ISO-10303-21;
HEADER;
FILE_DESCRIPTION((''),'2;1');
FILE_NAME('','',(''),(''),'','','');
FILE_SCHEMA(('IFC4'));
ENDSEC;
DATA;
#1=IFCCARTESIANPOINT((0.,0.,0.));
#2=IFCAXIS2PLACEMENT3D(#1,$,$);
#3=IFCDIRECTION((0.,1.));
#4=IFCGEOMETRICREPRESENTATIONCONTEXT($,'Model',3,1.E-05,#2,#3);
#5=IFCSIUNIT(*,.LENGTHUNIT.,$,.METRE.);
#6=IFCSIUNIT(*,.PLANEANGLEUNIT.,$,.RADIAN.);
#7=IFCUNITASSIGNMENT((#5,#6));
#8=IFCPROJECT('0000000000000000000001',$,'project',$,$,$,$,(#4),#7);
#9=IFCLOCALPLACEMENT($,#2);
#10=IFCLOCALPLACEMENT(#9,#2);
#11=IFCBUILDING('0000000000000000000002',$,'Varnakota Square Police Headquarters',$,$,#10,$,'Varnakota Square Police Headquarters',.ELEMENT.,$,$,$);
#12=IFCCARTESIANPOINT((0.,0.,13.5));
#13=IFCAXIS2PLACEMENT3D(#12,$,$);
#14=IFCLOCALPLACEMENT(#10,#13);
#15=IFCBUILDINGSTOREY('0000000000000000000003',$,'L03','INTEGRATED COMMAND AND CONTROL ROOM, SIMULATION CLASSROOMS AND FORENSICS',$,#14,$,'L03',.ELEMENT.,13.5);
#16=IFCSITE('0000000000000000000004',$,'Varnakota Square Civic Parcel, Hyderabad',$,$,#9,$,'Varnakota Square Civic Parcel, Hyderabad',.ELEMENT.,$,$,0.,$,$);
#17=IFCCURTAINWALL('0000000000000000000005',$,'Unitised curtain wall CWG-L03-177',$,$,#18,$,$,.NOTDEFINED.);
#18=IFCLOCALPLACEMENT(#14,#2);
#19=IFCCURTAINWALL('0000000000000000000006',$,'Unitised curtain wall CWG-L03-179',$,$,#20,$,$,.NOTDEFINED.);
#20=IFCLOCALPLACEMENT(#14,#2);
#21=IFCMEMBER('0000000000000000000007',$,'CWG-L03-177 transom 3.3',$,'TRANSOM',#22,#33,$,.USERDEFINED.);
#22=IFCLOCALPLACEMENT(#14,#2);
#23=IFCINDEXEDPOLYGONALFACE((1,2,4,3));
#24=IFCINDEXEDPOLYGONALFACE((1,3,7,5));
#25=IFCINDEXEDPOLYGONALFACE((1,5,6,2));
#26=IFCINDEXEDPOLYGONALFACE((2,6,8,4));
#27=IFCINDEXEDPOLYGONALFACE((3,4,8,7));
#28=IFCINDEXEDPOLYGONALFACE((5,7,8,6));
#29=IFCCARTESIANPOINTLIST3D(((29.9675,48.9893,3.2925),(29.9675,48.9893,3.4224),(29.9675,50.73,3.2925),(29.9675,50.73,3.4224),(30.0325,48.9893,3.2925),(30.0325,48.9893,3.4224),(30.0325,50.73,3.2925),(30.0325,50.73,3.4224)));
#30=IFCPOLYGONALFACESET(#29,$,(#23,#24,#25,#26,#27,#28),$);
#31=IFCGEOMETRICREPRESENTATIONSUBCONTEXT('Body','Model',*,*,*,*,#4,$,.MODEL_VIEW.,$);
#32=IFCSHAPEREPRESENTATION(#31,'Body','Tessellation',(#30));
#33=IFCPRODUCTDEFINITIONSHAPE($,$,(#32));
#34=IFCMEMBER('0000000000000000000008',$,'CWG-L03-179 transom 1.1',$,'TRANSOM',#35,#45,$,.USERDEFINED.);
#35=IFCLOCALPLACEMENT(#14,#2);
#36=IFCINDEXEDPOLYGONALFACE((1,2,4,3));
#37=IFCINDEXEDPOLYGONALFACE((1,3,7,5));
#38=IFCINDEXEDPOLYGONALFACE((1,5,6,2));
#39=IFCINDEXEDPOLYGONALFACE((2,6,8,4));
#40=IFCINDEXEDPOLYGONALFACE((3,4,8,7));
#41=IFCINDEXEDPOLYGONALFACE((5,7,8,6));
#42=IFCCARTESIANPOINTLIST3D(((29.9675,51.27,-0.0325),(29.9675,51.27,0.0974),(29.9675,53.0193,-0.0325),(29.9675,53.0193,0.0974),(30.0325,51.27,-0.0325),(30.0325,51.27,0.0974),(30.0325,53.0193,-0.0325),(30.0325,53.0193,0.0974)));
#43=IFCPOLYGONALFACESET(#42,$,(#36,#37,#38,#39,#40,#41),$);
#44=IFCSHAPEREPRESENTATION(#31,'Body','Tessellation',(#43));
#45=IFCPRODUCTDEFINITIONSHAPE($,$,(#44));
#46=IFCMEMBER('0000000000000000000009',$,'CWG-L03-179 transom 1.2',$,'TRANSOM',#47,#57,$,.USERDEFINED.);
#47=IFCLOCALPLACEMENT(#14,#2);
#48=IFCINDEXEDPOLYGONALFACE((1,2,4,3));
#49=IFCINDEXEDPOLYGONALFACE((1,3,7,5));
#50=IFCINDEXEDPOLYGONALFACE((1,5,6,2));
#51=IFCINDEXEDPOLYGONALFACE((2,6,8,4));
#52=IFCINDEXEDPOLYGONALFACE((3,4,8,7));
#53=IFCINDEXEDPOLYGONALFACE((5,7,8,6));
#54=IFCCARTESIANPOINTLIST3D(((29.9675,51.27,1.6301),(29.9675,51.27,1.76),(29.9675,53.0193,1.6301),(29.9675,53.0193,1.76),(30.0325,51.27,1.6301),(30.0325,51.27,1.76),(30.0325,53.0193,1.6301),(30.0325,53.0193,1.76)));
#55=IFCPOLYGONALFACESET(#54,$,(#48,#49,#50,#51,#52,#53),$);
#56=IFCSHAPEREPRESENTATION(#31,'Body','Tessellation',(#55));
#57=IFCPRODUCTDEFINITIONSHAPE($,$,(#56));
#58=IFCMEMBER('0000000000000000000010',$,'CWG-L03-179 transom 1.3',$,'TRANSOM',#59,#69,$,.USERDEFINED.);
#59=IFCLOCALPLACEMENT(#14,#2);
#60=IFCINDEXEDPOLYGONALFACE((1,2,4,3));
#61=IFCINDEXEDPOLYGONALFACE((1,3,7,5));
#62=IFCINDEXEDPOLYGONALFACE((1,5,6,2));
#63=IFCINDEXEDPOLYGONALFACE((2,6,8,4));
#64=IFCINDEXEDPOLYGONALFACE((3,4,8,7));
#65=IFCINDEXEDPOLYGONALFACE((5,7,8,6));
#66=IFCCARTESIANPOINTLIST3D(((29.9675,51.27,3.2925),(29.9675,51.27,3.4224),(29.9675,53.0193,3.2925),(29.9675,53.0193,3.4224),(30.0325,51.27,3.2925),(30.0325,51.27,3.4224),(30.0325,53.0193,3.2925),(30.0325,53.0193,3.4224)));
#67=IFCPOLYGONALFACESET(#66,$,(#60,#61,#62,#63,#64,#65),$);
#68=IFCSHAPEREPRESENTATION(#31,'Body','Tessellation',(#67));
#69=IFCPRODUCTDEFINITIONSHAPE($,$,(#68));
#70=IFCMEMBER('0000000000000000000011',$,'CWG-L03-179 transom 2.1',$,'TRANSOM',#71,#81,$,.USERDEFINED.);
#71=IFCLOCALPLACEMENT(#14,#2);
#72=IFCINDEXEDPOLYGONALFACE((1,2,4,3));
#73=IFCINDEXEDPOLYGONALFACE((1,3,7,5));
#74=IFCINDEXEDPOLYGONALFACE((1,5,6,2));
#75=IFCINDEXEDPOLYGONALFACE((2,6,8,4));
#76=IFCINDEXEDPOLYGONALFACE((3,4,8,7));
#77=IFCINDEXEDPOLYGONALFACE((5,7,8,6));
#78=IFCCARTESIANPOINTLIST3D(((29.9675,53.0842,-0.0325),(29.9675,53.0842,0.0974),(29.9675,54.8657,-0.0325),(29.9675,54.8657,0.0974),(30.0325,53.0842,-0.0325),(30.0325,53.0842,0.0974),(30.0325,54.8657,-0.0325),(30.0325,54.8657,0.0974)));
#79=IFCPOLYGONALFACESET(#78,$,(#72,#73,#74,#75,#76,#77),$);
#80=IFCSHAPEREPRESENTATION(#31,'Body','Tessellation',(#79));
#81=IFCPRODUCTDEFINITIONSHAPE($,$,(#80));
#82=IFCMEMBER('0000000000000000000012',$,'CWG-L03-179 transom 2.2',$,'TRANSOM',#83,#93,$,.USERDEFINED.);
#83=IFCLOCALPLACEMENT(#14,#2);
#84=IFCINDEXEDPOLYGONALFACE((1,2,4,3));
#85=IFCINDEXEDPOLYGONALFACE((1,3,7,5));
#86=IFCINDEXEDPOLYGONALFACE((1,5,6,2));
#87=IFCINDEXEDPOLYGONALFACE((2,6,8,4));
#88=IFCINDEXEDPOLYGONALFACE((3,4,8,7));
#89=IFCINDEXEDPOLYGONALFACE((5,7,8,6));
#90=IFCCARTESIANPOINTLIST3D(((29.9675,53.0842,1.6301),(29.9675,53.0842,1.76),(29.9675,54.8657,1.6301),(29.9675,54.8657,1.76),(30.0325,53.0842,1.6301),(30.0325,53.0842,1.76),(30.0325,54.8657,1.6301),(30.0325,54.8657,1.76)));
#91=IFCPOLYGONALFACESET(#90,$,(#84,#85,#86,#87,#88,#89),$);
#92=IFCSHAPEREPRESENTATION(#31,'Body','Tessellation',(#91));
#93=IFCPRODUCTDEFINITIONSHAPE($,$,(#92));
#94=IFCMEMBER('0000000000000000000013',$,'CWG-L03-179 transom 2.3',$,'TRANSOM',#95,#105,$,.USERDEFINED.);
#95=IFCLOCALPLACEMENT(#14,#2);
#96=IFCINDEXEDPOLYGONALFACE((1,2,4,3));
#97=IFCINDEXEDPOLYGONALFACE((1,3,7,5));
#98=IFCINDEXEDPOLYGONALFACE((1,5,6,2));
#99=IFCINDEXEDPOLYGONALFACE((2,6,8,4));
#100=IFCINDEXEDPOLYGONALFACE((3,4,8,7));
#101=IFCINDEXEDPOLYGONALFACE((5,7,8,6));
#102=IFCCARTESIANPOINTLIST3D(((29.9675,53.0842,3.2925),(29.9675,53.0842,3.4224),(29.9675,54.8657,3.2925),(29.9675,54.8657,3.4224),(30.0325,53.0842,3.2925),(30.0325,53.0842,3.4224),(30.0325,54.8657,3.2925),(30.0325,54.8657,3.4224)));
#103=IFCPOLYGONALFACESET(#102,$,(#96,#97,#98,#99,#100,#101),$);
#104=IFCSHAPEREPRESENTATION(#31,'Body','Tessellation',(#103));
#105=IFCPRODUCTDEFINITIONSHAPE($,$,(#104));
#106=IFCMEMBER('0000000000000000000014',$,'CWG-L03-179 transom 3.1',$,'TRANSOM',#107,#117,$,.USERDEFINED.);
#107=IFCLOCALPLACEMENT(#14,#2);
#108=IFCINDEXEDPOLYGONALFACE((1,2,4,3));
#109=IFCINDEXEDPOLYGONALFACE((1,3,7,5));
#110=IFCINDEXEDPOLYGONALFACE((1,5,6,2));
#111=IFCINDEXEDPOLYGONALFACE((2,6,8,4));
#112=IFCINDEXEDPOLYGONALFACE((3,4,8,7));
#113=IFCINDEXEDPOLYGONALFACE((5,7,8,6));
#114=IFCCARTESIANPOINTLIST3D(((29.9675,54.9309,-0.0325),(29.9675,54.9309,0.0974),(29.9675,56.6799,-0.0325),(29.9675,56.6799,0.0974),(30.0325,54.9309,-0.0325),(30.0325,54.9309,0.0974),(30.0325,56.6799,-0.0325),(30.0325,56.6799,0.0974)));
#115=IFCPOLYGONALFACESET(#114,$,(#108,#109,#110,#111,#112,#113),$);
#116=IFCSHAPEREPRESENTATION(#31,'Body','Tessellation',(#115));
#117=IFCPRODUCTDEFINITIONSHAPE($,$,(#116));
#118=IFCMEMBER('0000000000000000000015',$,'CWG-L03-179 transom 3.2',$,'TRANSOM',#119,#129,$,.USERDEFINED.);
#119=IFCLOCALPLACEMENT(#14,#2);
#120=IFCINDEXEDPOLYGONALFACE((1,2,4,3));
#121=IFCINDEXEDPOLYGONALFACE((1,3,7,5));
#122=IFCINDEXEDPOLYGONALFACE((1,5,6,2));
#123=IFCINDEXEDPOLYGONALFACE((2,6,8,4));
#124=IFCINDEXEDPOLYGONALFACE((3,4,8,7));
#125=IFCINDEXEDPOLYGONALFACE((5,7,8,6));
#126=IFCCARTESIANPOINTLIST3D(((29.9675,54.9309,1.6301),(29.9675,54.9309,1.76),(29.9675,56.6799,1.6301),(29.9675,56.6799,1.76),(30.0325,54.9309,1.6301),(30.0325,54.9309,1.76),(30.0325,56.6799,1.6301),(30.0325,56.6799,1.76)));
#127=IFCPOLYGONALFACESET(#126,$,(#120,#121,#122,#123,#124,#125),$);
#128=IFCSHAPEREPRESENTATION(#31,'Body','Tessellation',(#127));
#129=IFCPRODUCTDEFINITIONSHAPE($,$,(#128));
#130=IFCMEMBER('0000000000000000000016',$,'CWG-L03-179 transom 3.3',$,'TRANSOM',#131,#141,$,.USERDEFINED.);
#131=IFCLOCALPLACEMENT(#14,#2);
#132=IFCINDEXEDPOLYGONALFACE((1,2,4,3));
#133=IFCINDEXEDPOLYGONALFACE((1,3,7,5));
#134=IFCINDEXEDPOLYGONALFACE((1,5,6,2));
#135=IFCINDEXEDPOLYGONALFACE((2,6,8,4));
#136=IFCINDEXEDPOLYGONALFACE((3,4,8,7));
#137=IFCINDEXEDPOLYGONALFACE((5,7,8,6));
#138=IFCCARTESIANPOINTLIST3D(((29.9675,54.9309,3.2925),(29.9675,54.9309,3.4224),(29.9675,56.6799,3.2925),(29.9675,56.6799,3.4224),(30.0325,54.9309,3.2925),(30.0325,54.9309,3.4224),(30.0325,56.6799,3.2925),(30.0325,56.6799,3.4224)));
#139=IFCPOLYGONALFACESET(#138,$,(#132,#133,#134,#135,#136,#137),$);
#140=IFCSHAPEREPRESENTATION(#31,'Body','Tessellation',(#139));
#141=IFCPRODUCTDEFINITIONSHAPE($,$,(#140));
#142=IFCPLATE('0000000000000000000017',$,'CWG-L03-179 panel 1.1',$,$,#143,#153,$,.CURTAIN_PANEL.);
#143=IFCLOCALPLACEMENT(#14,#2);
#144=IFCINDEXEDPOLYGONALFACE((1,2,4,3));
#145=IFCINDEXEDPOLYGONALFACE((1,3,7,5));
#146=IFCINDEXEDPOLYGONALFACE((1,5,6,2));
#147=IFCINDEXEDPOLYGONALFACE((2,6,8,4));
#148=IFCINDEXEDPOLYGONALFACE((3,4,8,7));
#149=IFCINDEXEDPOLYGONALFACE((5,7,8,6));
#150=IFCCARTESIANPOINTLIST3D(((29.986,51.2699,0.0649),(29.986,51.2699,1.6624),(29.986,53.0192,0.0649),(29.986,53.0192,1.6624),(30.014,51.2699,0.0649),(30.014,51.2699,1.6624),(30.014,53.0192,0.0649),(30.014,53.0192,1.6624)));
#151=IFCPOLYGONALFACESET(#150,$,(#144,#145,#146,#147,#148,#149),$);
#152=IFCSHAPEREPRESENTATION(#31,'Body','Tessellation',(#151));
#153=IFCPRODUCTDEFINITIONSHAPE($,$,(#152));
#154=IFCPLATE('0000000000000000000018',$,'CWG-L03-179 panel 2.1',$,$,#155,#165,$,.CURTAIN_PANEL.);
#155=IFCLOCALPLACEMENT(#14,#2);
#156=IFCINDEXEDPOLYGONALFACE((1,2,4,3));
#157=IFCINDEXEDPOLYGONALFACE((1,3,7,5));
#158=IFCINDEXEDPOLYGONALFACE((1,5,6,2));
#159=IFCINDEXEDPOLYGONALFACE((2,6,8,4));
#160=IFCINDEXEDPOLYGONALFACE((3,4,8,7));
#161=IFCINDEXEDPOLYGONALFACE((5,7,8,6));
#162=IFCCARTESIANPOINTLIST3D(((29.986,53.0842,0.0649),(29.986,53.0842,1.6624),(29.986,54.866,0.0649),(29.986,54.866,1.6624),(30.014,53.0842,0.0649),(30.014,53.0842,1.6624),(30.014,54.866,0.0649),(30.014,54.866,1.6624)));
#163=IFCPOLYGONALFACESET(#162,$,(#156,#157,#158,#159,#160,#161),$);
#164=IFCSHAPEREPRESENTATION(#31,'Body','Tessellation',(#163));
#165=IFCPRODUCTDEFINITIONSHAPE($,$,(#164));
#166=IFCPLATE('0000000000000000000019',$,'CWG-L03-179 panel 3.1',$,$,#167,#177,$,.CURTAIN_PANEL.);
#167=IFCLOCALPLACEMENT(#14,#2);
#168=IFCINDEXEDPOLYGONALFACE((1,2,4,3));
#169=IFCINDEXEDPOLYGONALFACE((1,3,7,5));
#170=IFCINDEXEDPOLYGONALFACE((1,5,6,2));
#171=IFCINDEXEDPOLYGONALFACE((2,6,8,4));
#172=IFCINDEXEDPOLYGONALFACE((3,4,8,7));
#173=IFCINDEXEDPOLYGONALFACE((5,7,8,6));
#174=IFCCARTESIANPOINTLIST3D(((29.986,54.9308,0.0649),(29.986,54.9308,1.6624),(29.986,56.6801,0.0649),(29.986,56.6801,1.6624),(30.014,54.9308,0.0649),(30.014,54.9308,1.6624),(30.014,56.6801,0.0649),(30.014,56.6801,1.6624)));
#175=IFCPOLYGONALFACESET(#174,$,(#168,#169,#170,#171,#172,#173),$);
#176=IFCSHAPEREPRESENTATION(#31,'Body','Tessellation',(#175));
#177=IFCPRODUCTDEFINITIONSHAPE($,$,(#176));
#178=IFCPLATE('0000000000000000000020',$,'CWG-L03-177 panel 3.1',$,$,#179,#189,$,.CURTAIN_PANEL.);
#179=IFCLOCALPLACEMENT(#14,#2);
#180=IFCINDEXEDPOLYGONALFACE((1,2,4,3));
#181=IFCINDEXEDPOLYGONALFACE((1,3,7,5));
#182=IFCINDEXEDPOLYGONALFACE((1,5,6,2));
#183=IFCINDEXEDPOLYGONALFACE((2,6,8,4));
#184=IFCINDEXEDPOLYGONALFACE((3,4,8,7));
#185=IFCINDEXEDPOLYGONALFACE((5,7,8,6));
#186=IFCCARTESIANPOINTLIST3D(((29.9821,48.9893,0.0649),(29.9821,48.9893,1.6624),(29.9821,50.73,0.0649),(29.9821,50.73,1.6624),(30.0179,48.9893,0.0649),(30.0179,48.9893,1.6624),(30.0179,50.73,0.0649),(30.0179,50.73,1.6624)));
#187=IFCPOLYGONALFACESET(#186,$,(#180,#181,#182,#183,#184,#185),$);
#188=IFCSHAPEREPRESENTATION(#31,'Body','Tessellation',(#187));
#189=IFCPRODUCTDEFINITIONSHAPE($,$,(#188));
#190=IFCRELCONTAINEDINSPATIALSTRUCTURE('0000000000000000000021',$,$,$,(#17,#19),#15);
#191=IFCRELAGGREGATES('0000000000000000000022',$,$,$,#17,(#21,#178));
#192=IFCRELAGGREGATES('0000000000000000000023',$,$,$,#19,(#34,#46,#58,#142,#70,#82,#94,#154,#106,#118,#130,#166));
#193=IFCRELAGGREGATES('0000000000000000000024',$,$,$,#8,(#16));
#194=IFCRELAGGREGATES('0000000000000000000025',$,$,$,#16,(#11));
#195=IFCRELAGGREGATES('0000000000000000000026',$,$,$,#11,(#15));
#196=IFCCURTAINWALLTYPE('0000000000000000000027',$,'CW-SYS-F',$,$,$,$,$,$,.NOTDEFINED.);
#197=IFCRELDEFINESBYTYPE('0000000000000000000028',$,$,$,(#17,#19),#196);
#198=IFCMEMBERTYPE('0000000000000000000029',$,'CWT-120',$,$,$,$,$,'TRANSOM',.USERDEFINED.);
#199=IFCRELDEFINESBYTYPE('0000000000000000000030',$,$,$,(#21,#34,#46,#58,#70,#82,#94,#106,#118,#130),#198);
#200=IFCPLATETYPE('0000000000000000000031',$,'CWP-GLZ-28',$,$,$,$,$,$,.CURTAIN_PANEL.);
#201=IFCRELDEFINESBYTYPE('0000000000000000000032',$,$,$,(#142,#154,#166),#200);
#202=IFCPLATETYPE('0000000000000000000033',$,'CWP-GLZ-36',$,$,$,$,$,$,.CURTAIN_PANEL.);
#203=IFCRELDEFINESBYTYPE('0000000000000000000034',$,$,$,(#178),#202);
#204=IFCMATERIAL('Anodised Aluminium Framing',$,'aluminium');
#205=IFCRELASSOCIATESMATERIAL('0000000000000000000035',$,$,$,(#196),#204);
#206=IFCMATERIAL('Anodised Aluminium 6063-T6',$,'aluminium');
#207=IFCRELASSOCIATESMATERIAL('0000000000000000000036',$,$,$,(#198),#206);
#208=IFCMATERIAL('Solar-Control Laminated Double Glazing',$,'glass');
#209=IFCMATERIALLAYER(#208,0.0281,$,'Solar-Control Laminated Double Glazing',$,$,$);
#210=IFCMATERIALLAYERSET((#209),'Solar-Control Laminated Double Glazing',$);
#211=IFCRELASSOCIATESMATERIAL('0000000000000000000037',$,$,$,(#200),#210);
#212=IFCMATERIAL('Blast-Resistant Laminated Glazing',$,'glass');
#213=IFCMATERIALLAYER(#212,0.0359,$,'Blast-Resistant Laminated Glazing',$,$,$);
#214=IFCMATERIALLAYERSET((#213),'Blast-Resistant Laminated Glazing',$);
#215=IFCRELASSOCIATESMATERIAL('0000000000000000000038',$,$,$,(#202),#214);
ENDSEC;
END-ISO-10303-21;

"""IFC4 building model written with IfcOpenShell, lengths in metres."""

from ifc_helpers import new_model, si_unit, direction, frame, origin, origin_2d, place, context, subcontext, project, spatial, rectangle, extrude, material, layer, layer_set, material_profile, profile_set, type_object, element, aggregate, save


model = new_model("IFC4")

# Units and contexts
model_context = context("Model", 3, precision=1e-05, world=origin(), true_north=direction((0.0, 1.0)))
body_context = subcontext(model_context, "Body", "Model", "MODEL_VIEW")
ifc_project = project(units=[si_unit("LENGTHUNIT", "METRE"), si_unit("PLANEANGLEUNIT", "RADIAN")], contexts=[model_context])

# Site, building, storey
site_placement = place(None, origin())
site = spatial("IfcSite", under=ifc_project, at=site_placement, Name="Varnakota Square Civic Parcel, Hyderabad", LongName="Varnakota Square Civic Parcel, Hyderabad", CompositionType="ELEMENT", RefElevation=0.0)
building_placement = place(site_placement, origin())
building = spatial("IfcBuilding", under=site, at=building_placement, Name="Varnakota Square Police Headquarters", LongName="Varnakota Square Police Headquarters", CompositionType="ELEMENT")
storey_placement = place(building_placement, frame((0.0, 0.0, 13.5)))
storey = spatial("IfcBuildingStorey", under=building, at=storey_placement, Name="L03", Description="INTEGRATED COMMAND AND CONTROL ROOM, SIMULATION CLASSROOMS AND FORENSICS", LongName="L03", CompositionType="ELEMENT", Elevation=13.5)

# Curtain wall
ifc_material_1 = material(Name="Anodised Aluminium Framing", Category="aluminium")
curtain_wall_type = type_object("IfcCurtainWallType", Name="CW-SYS-F", PredefinedType="NOTDEFINED", material=ifc_material_1)
curtain_wall_1_placement = place(storey_placement, origin())
curtain_wall_1 = element("IfcCurtainWall", 1, at=curtain_wall_1_placement, inside=storey, type_object=curtain_wall_type, Name="Unitised curtain wall CWG-L03-177", PredefinedType="NOTDEFINED")
ifc_material_2 = material(Name="Anodised Aluminium 6063-T6", Category="aluminium")

# Curtain wall
curtain_wall_2_placement = place(storey_placement, origin())
curtain_wall_2 = element("IfcCurtainWall", 2, at=curtain_wall_2_placement, inside=storey, type_object=curtain_wall_type, Name="Unitised curtain wall CWG-L03-179", PredefinedType="NOTDEFINED")

# Members
ifc_material_profile_1 = material_profile(ifc_material_2, rectangle(XDim=0.0649, YDim=0.1299, at=origin_2d()), Name="ALU TRANSOM 65x130")
ifc_profile_set_1 = profile_set([ifc_material_profile_1], Name="Anodised Aluminium 6063-T6")
member_type_1 = type_object("IfcMemberType", Name="CWT-120", ElementType="TRANSOM", PredefinedType="USERDEFINED", material=ifc_profile_set_1)
member_1_placement = place(storey_placement, frame((30.0, 48.9893, 3.3574), z_axis=(0.0, 1.0, 0.0), x_axis=(-1.0, 0.0, 0.0)))
member_1 = element("IfcMember", 3, at=member_1_placement, type_object=member_type_1, Name="CWG-L03-177 transom 3.3", ObjectType="TRANSOM", PredefinedType="USERDEFINED", context=body_context, shape_type="SweptSolid", body=[
    extrude(rectangle(XDim=0.0649, YDim=0.1299, at=origin_2d()), origin(), (0.0, 0.0, 1.0), 1.7407),
])
member_2_placement = place(storey_placement, frame((30.0, 51.27, 0.0325), z_axis=(0.0, 1.0, 0.0), x_axis=(-1.0, 0.0, 0.0)))
member_2 = element("IfcMember", 4, at=member_2_placement, type_object=member_type_1, Name="CWG-L03-179 transom 1.1", ObjectType="TRANSOM", PredefinedType="USERDEFINED", context=body_context, shape_type="SweptSolid", body=[
    extrude(rectangle(XDim=0.0649, YDim=0.1299, at=origin_2d()), origin(), (0.0, 0.0, 1.0), 1.7493),
])
member_3_placement = place(storey_placement, frame((30.0, 51.27, 1.6951), z_axis=(0.0, 1.0, 0.0), x_axis=(-1.0, 0.0, 0.0)))
member_3 = element("IfcMember", 5, at=member_3_placement, type_object=member_type_1, Name="CWG-L03-179 transom 1.2", ObjectType="TRANSOM", PredefinedType="USERDEFINED", context=body_context, shape_type="SweptSolid", body=[
    extrude(rectangle(XDim=0.0649, YDim=0.1299, at=origin_2d()), origin(), (0.0, 0.0, 1.0), 1.7493),
])
member_4_placement = place(storey_placement, frame((30.0, 51.27, 3.3574), z_axis=(0.0, 1.0, 0.0), x_axis=(-1.0, 0.0, 0.0)))
member_4 = element("IfcMember", 6, at=member_4_placement, type_object=member_type_1, Name="CWG-L03-179 transom 1.3", ObjectType="TRANSOM", PredefinedType="USERDEFINED", context=body_context, shape_type="SweptSolid", body=[
    extrude(rectangle(XDim=0.0649, YDim=0.1299, at=origin_2d()), origin(), (0.0, 0.0, 1.0), 1.7493),
])
member_5_placement = place(storey_placement, frame((30.0, 53.0842, 0.0325), z_axis=(0.0, 1.0, 0.0), x_axis=(-1.0, 0.0, 0.0)))
member_5 = element("IfcMember", 7, at=member_5_placement, type_object=member_type_1, Name="CWG-L03-179 transom 2.1", ObjectType="TRANSOM", PredefinedType="USERDEFINED", context=body_context, shape_type="SweptSolid", body=[
    extrude(rectangle(XDim=0.0649, YDim=0.1299, at=origin_2d()), origin(), (0.0, 0.0, 1.0), 1.7815),
])
member_6_placement = place(storey_placement, frame((30.0, 53.0842, 1.6951), z_axis=(0.0, 1.0, 0.0), x_axis=(-1.0, 0.0, 0.0)))
member_6 = element("IfcMember", 8, at=member_6_placement, type_object=member_type_1, Name="CWG-L03-179 transom 2.2", ObjectType="TRANSOM", PredefinedType="USERDEFINED", context=body_context, shape_type="SweptSolid", body=[
    extrude(rectangle(XDim=0.0649, YDim=0.1299, at=origin_2d()), origin(), (0.0, 0.0, 1.0), 1.7815),
])
member_7_placement = place(storey_placement, frame((30.0, 53.0842, 3.3574), z_axis=(0.0, 1.0, 0.0), x_axis=(-1.0, 0.0, 0.0)))
member_7 = element("IfcMember", 9, at=member_7_placement, type_object=member_type_1, Name="CWG-L03-179 transom 2.3", ObjectType="TRANSOM", PredefinedType="USERDEFINED", context=body_context, shape_type="SweptSolid", body=[
    extrude(rectangle(XDim=0.0649, YDim=0.1299, at=origin_2d()), origin(), (0.0, 0.0, 1.0), 1.7815),
])
member_8_placement = place(storey_placement, frame((30.0, 54.9309, 0.0325), z_axis=(0.0, 1.0, 0.0), x_axis=(-1.0, 0.0, 0.0)))
member_8 = element("IfcMember", 10, at=member_8_placement, type_object=member_type_1, Name="CWG-L03-179 transom 3.1", ObjectType="TRANSOM", PredefinedType="USERDEFINED", context=body_context, shape_type="SweptSolid", body=[
    extrude(rectangle(XDim=0.0649, YDim=0.1299, at=origin_2d()), origin(), (0.0, 0.0, 1.0), 1.749),
])
member_9_placement = place(storey_placement, frame((30.0, 54.9309, 1.6951), z_axis=(0.0, 1.0, 0.0), x_axis=(-1.0, 0.0, 0.0)))
member_9 = element("IfcMember", 11, at=member_9_placement, type_object=member_type_1, Name="CWG-L03-179 transom 3.2", ObjectType="TRANSOM", PredefinedType="USERDEFINED", context=body_context, shape_type="SweptSolid", body=[
    extrude(rectangle(XDim=0.0649, YDim=0.1299, at=origin_2d()), origin(), (0.0, 0.0, 1.0), 1.749),
])
member_10_placement = place(storey_placement, frame((30.0, 54.9309, 3.3574), z_axis=(0.0, 1.0, 0.0), x_axis=(-1.0, 0.0, 0.0)))
member_10 = element("IfcMember", 12, at=member_10_placement, type_object=member_type_1, Name="CWG-L03-179 transom 3.3", ObjectType="TRANSOM", PredefinedType="USERDEFINED", context=body_context, shape_type="SweptSolid", body=[
    extrude(rectangle(XDim=0.0649, YDim=0.1299, at=origin_2d()), origin(), (0.0, 0.0, 1.0), 1.749),
])

# Plates
ifc_material_3 = material(Name="Solar-Control Laminated Double Glazing", Category="glass")
ifc_layer_1 = layer(ifc_material_3, 0.0281, Name="Solar-Control Laminated Double Glazing")
ifc_layer_set_1 = layer_set([ifc_layer_1], Name="Solar-Control Laminated Double Glazing")
plate_type_1 = type_object("IfcPlateType", Name="CWP-GLZ-28", PredefinedType="CURTAIN_PANEL", material=ifc_layer_set_1)
plate_1_placement = place(storey_placement, frame((30.0, 52.1445, 0.0649), z_axis=(0.0, 0.0, 1.0), x_axis=(0.0, 1.0, 0.0)))
plate_1 = element("IfcPlate", 13, at=plate_1_placement, type_object=plate_type_1, Name="CWG-L03-179 panel 1.1", PredefinedType="CURTAIN_PANEL", context=body_context, shape_type="SweptSolid", body=[
    extrude(rectangle(XDim=1.7493, YDim=0.0281, at=origin_2d()), origin(), (0.0, 0.0, 1.0), 1.5974),
])
plate_2_placement = place(storey_placement, frame((30.0, 53.9751, 0.0649), z_axis=(0.0, 0.0, 1.0), x_axis=(0.0, 1.0, 0.0)))
plate_2 = element("IfcPlate", 14, at=plate_2_placement, type_object=plate_type_1, Name="CWG-L03-179 panel 2.1", PredefinedType="CURTAIN_PANEL", context=body_context, shape_type="SweptSolid", body=[
    extrude(rectangle(XDim=1.7817, YDim=0.0281, at=origin_2d()), origin(), (0.0, 0.0, 1.0), 1.5974),
])
plate_3_placement = place(storey_placement, frame((30.0, 55.8054, 0.0649), z_axis=(0.0, 0.0, 1.0), x_axis=(0.0, 1.0, 0.0)))
plate_3 = element("IfcPlate", 15, at=plate_3_placement, type_object=plate_type_1, Name="CWG-L03-179 panel 3.1", PredefinedType="CURTAIN_PANEL", context=body_context, shape_type="SweptSolid", body=[
    extrude(rectangle(XDim=1.7493, YDim=0.0281, at=origin_2d()), origin(), (0.0, 0.0, 1.0), 1.5974),
])
ifc_material_4 = material(Name="Blast-Resistant Laminated Glazing", Category="glass")
ifc_layer_2 = layer(ifc_material_4, 0.0359, Name="Blast-Resistant Laminated Glazing")
ifc_layer_set_2 = layer_set([ifc_layer_2], Name="Blast-Resistant Laminated Glazing")
plate_type_2 = type_object("IfcPlateType", Name="CWP-GLZ-36", PredefinedType="CURTAIN_PANEL", material=ifc_layer_set_2)
plate_4_placement = place(storey_placement, frame((30.0, 49.8596, 0.0649), z_axis=(0.0, 0.0, 1.0), x_axis=(0.0, 1.0, 0.0)))
plate_4 = element("IfcPlate", 16, at=plate_4_placement, type_object=plate_type_2, Name="CWG-L03-177 panel 3.1", PredefinedType="CURTAIN_PANEL", context=body_context, shape_type="SweptSolid", body=[
    extrude(rectangle(XDim=1.7407, YDim=0.0359, at=origin_2d()), origin(), (0.0, 0.0, 1.0), 1.5974),
])
aggregate(curtain_wall_1, [member_1, plate_4])
aggregate(curtain_wall_2, [member_2, member_3, member_4, plate_1, member_5, member_6, member_7, plate_2, member_8, member_9, member_10, plate_3])

save(model, "model.ifc")
